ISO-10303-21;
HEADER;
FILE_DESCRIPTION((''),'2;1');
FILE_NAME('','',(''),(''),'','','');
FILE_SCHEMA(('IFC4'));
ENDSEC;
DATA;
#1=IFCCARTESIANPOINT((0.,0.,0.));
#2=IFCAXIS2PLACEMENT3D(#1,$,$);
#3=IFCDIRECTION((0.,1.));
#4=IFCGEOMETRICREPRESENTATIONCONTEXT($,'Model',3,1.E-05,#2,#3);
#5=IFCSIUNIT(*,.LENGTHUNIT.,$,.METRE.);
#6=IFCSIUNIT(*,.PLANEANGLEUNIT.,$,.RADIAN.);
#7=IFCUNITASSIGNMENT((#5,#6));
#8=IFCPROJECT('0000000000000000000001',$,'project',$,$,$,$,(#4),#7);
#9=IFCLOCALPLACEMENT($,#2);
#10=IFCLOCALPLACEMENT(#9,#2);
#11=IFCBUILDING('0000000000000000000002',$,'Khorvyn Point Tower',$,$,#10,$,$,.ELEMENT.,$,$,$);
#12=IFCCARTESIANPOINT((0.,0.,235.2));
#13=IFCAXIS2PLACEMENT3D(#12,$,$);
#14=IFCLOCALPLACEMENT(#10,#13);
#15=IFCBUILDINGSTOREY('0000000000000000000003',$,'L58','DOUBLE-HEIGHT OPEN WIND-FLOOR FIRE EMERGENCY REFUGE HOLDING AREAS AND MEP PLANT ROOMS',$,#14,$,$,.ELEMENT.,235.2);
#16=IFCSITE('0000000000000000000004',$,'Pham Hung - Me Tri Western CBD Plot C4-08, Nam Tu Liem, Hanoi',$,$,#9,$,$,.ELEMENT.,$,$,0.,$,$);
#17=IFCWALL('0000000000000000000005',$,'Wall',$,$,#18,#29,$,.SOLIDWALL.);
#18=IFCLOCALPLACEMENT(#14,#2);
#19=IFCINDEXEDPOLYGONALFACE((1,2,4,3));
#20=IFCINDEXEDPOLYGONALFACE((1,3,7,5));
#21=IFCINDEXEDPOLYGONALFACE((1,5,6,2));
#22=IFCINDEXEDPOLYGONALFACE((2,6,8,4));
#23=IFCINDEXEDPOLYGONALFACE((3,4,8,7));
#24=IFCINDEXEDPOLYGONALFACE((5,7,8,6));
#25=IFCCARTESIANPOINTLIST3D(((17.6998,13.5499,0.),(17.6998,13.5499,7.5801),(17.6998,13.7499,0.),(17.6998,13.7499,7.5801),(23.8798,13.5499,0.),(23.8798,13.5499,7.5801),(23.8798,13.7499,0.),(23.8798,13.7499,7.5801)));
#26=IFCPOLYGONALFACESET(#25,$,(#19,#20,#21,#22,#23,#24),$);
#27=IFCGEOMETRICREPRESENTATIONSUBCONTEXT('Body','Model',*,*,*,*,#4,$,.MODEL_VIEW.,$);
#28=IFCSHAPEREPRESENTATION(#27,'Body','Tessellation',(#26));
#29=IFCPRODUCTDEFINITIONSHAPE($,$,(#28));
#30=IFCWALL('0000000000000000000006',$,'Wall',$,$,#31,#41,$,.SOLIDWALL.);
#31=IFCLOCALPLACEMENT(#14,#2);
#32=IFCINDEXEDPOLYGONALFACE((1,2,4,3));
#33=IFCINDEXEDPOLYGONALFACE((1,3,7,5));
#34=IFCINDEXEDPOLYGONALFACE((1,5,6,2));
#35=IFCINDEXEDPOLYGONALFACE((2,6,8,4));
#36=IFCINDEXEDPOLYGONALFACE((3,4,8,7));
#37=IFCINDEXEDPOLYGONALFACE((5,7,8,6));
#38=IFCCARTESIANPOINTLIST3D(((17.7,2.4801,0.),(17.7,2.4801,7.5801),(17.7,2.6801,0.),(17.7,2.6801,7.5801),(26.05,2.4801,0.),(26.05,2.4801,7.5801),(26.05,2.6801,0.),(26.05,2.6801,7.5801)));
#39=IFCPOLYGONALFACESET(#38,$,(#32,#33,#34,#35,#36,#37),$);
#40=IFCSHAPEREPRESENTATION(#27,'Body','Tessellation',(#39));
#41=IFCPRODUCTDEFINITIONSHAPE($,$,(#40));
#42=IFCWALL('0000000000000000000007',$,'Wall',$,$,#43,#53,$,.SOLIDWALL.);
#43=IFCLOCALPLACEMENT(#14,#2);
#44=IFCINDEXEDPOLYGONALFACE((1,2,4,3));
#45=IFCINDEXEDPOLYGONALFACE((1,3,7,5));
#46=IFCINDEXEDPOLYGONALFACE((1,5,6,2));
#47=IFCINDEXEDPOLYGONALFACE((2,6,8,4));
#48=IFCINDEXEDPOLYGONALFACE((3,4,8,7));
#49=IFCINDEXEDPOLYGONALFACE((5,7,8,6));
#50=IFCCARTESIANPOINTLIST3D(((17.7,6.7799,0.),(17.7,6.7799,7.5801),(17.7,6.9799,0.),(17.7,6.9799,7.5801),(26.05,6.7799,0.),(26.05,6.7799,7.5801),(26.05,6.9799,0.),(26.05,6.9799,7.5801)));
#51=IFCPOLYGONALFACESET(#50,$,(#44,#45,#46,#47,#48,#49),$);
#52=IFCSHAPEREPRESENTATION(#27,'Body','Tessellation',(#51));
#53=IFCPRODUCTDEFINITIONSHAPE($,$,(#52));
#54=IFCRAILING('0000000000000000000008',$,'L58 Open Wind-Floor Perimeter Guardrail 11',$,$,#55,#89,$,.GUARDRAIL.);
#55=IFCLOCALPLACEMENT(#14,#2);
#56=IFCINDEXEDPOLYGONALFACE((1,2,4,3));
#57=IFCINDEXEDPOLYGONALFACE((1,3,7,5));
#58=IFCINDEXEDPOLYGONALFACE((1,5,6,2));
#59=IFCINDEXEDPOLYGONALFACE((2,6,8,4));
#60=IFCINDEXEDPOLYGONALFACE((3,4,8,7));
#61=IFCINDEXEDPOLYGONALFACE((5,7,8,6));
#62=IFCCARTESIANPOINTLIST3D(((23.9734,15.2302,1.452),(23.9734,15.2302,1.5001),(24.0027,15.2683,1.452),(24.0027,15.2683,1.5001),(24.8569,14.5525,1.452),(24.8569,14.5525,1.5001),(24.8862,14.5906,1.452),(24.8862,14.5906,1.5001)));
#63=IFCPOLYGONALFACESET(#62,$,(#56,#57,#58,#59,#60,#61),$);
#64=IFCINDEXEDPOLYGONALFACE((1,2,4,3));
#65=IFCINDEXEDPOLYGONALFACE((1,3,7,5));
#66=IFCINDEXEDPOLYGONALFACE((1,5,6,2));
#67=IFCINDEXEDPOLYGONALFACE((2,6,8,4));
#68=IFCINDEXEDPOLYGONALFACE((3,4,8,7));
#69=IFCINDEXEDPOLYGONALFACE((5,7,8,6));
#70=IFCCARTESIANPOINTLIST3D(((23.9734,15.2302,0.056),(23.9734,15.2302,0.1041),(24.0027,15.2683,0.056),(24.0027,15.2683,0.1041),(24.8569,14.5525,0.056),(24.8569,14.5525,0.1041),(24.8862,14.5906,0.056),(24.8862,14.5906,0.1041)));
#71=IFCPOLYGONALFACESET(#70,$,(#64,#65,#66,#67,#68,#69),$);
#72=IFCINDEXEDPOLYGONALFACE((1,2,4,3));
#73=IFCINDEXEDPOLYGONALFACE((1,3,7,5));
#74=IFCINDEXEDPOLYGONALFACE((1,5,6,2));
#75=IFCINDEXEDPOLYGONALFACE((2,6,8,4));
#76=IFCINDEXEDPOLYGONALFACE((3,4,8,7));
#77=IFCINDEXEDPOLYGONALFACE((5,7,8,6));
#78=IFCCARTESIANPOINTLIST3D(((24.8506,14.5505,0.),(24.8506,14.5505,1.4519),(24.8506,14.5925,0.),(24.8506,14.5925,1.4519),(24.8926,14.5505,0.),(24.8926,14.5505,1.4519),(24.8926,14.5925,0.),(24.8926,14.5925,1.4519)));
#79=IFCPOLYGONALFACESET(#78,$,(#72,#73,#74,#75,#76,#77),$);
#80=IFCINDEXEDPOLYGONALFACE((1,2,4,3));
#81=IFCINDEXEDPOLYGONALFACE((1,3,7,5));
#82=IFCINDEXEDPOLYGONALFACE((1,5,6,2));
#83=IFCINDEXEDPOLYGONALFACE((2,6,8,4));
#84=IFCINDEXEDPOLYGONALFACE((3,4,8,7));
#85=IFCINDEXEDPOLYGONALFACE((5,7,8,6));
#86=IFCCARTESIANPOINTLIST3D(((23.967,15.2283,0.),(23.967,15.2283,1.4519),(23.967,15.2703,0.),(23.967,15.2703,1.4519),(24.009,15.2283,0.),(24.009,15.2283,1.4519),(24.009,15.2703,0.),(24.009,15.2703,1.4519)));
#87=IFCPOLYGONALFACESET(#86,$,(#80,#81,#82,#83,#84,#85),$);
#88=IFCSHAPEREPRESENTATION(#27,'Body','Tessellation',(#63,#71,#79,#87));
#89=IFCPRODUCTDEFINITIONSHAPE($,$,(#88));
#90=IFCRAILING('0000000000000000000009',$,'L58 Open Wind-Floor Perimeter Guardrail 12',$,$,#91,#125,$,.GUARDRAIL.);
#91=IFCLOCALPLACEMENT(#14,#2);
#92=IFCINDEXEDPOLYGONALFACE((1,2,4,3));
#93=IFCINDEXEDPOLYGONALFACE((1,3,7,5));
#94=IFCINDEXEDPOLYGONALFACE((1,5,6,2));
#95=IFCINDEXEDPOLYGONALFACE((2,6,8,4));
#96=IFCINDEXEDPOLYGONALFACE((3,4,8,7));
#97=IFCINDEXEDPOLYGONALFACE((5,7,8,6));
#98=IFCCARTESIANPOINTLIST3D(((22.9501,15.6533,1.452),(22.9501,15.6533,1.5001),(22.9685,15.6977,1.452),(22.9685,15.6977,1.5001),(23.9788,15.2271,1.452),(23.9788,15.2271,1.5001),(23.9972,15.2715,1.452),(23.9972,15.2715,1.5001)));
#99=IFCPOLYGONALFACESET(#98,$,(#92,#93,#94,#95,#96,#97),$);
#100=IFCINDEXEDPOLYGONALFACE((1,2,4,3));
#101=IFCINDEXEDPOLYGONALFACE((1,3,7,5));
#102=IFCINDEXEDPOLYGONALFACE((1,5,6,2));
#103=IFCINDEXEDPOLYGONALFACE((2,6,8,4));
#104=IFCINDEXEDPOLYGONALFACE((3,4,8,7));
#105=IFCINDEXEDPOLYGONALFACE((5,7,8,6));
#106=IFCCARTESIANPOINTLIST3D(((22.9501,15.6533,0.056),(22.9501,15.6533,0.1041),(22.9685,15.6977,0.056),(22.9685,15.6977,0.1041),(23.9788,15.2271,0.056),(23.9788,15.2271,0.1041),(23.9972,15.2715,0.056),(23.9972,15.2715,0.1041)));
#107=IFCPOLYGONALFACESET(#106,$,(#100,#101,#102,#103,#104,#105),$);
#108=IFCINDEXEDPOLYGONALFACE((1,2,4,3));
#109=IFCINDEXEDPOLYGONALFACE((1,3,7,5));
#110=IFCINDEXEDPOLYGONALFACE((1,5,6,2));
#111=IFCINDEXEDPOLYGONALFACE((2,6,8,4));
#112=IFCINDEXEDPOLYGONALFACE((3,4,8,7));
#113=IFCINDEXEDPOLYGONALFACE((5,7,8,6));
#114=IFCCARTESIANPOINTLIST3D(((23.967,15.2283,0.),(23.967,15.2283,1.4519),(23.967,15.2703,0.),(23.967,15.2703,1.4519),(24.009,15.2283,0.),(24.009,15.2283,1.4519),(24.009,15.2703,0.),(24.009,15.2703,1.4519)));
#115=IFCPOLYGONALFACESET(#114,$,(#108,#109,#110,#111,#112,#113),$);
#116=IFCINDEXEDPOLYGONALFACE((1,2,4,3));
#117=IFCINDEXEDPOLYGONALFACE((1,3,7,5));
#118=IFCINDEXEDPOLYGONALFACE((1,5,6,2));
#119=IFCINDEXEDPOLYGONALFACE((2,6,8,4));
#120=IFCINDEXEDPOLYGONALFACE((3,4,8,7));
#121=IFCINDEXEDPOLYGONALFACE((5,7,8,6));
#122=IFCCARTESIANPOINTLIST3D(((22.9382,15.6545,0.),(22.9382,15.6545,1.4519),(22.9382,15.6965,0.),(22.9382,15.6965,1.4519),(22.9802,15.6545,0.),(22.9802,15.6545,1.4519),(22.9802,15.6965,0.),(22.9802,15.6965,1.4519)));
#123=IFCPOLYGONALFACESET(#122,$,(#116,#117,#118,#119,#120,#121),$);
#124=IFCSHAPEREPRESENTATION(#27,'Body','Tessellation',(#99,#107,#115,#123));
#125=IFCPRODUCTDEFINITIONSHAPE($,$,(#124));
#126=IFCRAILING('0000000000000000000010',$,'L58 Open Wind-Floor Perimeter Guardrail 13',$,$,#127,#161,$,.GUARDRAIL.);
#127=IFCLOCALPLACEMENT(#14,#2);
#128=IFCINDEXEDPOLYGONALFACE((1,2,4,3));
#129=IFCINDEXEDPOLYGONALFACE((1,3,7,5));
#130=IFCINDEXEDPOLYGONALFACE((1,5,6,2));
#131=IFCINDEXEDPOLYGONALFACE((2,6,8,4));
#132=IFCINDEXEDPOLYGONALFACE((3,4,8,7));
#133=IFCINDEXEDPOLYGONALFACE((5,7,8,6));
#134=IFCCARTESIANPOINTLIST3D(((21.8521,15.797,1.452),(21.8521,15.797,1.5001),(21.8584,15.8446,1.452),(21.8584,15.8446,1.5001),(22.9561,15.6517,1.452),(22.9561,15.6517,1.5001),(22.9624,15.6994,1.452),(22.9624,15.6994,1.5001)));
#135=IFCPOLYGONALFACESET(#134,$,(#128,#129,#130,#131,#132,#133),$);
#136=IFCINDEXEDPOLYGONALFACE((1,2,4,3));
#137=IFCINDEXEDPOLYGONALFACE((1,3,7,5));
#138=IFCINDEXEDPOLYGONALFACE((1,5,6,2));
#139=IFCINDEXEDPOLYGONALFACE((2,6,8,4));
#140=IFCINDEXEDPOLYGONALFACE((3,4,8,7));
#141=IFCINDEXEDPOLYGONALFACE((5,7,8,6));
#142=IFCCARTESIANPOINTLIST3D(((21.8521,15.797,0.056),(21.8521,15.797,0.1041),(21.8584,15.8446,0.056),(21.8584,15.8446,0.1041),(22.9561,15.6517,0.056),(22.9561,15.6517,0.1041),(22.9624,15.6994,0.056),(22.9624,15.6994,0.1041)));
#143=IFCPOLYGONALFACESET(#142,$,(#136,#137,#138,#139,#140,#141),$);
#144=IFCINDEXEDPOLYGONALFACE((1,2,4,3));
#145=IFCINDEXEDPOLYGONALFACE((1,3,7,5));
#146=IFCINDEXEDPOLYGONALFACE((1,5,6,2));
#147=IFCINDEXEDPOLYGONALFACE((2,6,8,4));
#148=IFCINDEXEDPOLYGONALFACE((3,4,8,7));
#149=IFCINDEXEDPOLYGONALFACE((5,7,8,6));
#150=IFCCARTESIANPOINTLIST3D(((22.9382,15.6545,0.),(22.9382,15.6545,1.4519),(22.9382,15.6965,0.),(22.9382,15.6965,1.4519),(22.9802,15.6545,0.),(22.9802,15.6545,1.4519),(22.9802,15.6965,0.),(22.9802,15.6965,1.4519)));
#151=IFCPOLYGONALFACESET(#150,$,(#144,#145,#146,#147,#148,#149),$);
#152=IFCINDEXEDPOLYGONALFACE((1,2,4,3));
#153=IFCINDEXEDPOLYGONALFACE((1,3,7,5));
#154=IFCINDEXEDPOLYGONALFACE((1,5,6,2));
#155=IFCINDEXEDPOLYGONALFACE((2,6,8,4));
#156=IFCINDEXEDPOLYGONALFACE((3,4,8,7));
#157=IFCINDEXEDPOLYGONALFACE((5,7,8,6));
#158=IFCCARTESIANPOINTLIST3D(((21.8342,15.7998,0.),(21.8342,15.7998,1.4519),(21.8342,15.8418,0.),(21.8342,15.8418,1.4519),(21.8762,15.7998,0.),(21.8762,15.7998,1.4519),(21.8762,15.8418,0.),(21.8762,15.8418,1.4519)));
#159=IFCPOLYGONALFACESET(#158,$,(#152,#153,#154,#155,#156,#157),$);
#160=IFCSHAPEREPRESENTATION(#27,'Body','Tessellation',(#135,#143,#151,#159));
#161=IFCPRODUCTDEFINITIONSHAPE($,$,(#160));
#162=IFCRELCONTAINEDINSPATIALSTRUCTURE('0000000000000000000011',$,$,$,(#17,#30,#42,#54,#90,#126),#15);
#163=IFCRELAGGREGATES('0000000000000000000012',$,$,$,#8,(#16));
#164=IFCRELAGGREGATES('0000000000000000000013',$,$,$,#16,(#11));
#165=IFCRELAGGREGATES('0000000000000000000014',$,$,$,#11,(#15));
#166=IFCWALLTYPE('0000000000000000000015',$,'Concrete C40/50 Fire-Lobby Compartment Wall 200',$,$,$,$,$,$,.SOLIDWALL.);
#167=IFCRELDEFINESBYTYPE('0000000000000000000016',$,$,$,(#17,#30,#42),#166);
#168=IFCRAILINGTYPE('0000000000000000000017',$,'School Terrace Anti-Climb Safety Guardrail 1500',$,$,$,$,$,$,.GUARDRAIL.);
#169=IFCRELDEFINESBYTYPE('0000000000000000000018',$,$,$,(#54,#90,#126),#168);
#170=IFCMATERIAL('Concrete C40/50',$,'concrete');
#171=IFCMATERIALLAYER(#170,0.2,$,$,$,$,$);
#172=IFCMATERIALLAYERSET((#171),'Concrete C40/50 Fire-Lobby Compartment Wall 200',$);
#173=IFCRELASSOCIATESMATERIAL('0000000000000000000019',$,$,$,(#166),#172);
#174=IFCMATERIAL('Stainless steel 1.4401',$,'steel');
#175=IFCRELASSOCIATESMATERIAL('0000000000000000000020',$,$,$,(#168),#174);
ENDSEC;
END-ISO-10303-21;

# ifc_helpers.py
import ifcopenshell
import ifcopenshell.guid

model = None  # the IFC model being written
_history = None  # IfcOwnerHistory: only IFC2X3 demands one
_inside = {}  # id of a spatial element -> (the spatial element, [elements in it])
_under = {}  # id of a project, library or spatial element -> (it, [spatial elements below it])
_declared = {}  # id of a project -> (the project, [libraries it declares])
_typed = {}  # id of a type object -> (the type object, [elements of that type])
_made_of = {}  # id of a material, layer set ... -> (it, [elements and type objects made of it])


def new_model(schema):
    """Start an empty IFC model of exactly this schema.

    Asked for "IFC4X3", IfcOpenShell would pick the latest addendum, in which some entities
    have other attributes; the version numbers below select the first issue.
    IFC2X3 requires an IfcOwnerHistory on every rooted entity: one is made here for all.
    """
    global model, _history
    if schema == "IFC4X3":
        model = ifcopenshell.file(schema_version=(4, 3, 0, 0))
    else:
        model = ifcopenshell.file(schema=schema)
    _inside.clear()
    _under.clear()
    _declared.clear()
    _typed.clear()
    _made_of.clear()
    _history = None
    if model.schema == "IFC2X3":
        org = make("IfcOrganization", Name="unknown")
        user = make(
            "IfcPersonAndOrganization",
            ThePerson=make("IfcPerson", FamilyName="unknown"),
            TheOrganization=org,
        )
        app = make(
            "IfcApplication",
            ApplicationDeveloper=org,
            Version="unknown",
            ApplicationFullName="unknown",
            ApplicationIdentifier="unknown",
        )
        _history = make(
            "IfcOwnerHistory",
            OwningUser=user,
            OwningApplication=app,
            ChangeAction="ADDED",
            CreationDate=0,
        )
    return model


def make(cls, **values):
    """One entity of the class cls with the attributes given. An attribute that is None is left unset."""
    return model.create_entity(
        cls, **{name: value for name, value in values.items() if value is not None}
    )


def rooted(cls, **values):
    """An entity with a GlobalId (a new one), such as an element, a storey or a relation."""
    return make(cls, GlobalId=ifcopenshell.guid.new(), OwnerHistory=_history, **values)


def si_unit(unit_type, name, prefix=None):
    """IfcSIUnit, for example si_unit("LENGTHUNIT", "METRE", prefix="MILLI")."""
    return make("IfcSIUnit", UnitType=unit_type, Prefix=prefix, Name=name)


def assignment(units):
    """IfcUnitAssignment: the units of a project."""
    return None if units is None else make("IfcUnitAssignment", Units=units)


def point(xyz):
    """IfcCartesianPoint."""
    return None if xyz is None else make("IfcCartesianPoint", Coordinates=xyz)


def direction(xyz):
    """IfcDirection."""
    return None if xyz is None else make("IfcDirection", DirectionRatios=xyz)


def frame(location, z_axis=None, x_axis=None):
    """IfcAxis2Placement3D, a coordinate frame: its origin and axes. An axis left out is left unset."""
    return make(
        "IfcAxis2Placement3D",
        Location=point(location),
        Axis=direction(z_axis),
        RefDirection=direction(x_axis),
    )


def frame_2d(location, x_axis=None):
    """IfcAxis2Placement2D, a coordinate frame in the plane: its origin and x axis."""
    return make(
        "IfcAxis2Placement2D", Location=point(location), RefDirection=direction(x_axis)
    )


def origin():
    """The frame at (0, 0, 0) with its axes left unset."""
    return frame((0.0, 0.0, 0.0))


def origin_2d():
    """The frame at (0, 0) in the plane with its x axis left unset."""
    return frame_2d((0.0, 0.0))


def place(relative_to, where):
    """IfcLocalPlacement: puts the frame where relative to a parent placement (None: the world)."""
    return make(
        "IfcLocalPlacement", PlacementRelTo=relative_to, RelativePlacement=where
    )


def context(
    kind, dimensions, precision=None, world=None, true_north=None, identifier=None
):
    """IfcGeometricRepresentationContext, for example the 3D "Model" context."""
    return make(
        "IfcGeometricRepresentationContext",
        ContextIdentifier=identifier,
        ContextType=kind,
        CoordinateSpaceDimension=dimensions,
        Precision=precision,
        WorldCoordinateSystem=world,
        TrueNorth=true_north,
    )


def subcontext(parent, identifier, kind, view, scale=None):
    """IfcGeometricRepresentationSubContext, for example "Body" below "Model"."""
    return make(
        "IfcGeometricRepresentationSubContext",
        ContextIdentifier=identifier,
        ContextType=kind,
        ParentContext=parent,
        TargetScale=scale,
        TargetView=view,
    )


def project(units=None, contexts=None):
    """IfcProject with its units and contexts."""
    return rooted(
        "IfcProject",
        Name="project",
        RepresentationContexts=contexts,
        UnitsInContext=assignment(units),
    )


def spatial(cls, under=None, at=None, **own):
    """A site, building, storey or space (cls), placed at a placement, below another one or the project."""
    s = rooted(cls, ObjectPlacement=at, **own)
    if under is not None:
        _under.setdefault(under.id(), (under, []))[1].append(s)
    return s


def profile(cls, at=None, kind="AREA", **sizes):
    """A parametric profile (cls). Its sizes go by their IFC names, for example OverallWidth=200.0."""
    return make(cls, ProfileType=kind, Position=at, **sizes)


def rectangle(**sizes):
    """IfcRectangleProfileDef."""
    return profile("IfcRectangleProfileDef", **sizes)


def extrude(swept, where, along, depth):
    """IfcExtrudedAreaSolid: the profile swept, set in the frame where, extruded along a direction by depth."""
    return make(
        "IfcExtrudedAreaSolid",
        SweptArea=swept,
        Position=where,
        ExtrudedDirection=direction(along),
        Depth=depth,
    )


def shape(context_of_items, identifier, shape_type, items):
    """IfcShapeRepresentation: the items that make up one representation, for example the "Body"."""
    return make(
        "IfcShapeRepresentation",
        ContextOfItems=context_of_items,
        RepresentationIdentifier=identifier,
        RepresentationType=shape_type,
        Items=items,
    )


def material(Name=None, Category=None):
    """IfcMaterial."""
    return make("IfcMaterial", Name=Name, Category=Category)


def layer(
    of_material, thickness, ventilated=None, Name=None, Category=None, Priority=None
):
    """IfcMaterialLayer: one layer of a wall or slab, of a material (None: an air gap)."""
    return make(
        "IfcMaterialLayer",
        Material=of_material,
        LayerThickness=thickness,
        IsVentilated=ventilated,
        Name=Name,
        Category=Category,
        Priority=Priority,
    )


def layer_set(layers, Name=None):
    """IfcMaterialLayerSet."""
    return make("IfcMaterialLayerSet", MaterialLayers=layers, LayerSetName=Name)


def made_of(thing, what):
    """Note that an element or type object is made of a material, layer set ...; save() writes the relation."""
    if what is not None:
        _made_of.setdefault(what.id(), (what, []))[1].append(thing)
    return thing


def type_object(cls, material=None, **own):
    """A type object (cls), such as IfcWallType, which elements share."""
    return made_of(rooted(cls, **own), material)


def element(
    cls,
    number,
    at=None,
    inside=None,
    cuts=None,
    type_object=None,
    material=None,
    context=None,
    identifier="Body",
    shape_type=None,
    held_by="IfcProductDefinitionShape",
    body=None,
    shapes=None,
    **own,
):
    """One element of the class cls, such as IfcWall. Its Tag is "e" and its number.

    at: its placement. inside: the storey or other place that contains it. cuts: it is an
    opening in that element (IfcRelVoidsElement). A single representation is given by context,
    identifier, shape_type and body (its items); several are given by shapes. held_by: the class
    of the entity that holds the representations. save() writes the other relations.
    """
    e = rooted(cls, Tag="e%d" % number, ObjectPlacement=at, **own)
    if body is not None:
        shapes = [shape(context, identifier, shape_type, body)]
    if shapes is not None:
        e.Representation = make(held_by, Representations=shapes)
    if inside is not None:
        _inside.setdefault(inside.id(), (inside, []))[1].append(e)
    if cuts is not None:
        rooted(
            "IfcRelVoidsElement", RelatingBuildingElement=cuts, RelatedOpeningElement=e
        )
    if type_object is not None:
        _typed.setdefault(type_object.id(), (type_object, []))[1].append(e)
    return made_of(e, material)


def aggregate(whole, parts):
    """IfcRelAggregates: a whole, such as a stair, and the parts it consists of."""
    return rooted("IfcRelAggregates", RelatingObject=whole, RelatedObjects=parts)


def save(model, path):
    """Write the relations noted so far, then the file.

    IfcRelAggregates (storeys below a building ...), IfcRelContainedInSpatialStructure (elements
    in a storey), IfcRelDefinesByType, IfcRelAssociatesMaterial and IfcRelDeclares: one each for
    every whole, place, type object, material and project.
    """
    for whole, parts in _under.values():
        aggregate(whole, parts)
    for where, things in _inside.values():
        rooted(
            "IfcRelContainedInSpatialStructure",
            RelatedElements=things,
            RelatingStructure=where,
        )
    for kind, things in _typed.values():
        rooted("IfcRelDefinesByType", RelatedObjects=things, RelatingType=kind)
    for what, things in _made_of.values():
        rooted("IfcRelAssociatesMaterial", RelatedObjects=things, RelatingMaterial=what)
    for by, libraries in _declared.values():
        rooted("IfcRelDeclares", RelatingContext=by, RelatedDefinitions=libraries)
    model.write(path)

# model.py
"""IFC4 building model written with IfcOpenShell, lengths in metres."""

from ifc_helpers import new_model, si_unit, direction, frame, frame_2d, origin, origin_2d, place, context, subcontext, project, spatial, rectangle, extrude, material, layer, layer_set, type_object, element, save


model = new_model("IFC4")

# Units and contexts
model_context = context("Model", 3, precision=1e-05, world=origin(), true_north=direction((0.0, 1.0)))
body_context = subcontext(model_context, "Body", "Model", "MODEL_VIEW")
ifc_project = project(units=[si_unit("LENGTHUNIT", "METRE"), si_unit("PLANEANGLEUNIT", "RADIAN")], contexts=[model_context])

# Site, building, storey
site_placement = place(None, origin())
site = spatial("IfcSite", under=ifc_project, at=site_placement, Name="Pham Hung - Me Tri Western CBD Plot C4-08, Nam Tu Liem, Hanoi", CompositionType="ELEMENT", RefElevation=0.0)
building_placement = place(site_placement, origin())
building = spatial("IfcBuilding", under=site, at=building_placement, Name="Khorvyn Point Tower", CompositionType="ELEMENT")
storey_placement = place(building_placement, frame((0.0, 0.0, 235.2)))
storey = spatial("IfcBuildingStorey", under=building, at=storey_placement, Name="L58", Description="DOUBLE-HEIGHT OPEN WIND-FLOOR FIRE EMERGENCY REFUGE HOLDING AREAS AND MEP PLANT ROOMS", CompositionType="ELEMENT", Elevation=235.2)

# Shared definitions
ifc_material_1 = material(Name="Concrete C40/50", Category="concrete")
ifc_layer = layer(ifc_material_1, 0.2)
ifc_layer_set = layer_set([ifc_layer], Name="Concrete C40/50 Fire-Lobby Compartment Wall 200")
wall_type = type_object("IfcWallType", Name="Concrete C40/50 Fire-Lobby Compartment Wall 200", PredefinedType="SOLIDWALL", material=ifc_layer_set)

# Walls
wall_1_placement = place(storey_placement, frame((17.7, 13.6499, 0.0), z_axis=(0.0, 0.0, 1.0), x_axis=(1.0, 0.0, 0.0)))
element("IfcWall", 1, at=wall_1_placement, inside=storey, type_object=wall_type, Name="Wall", PredefinedType="SOLIDWALL", context=body_context, shape_type="SweptSolid", body=[
    extrude(rectangle(XDim=6.1799, YDim=0.2, at=frame_2d((3.0898, 0.0))), origin(), (0.0, 0.0, 1.0), 7.5801),
])
for number, where, z_axis, x_axis, name in (
    (2, (17.7, 2.5801, 0.0), (0.0, 0.0, 1.0), (1.0, 0.0, 0.0), "Wall"),
    (3, (17.7, 6.8799, 0.0), (0.0, 0.0, 1.0), (1.0, 0.0, 0.0), "Wall"),
):
    element("IfcWall", number, at=place(storey_placement, frame(where, z_axis=z_axis, x_axis=x_axis)), inside=storey, type_object=wall_type, Name=name, PredefinedType="SOLIDWALL", context=body_context, shape_type="SweptSolid", body=[
        extrude(rectangle(XDim=8.3501, YDim=0.2, at=frame_2d((4.175, 0.0))), origin(), (0.0, 0.0, 1.0), 7.5801),
    ])

# Railings
ifc_material_2 = material(Name="Stainless steel 1.4401", Category="steel")
railing_type = type_object("IfcRailingType", Name="School Terrace Anti-Climb Safety Guardrail 1500", PredefinedType="GUARDRAIL", material=ifc_material_2)
railing_1_placement = place(storey_placement, frame((24.8716, 14.5715, 0.0)))
element("IfcRailing", 4, at=railing_1_placement, inside=storey, type_object=railing_type, Name="L58 Open Wind-Floor Perimeter Guardrail 11", PredefinedType="GUARDRAIL", context=body_context, shape_type="SweptSolid", body=[
    extrude(rectangle(XDim=0.0481, YDim=0.0481, at=origin_2d()), frame((0.0, 0.0, 1.4761), z_axis=(-0.793455, 0.608629, 0.0), x_axis=(-0.608629, -0.793455, 0.0)), (0.0, 0.0, 1.0), 1.1135),
    extrude(rectangle(XDim=0.0481, YDim=0.0481, at=origin_2d()), frame((0.0, 0.0, 0.0801), z_axis=(-0.793455, 0.608629, 0.0), x_axis=(-0.608629, -0.793455, 0.0)), (0.0, 0.0, 1.0), 1.1135),
    extrude(rectangle(XDim=0.042, YDim=0.042, at=origin_2d()), origin(), (0.0, 0.0, 1.0), 1.4519),
    extrude(rectangle(XDim=0.042, YDim=0.042, at=origin_2d()), frame((-0.8835, 0.6777, 0.0)), (0.0, 0.0, 1.0), 1.4519),
])
railing_2_placement = place(storey_placement, frame((23.988, 15.2493, 0.0)))
element("IfcRailing", 5, at=railing_2_placement, inside=storey, type_object=railing_type, Name="L58 Open Wind-Floor Perimeter Guardrail 12", PredefinedType="GUARDRAIL", context=body_context, shape_type="SweptSolid", body=[
    extrude(rectangle(XDim=0.0481, YDim=0.0481, at=origin_2d()), frame((0.0, 0.0, 1.4761), z_axis=(-0.92384, 0.382778, 0.0), x_axis=(-0.382778, -0.92384, 0.0)), (0.0, 0.0, 1.0), 1.1135),
    extrude(rectangle(XDim=0.0481, YDim=0.0481, at=origin_2d()), frame((0.0, 0.0, 0.0801), z_axis=(-0.92384, 0.382778, 0.0), x_axis=(-0.382778, -0.92384, 0.0)), (0.0, 0.0, 1.0), 1.1135),
    extrude(rectangle(XDim=0.042, YDim=0.042, at=origin_2d()), origin(), (0.0, 0.0, 1.0), 1.4519),
    extrude(rectangle(XDim=0.042, YDim=0.042, at=origin_2d()), frame((-1.0288, 0.4263, 0.0)), (0.0, 0.0, 1.0), 1.4519),
])
railing_3_placement = place(storey_placement, frame((22.9592, 15.6755, 0.0)))
element("IfcRailing", 6, at=railing_3_placement, inside=storey, type_object=railing_type, Name="L58 Open Wind-Floor Perimeter Guardrail 13", PredefinedType="GUARDRAIL", context=body_context, shape_type="SweptSolid", body=[
    extrude(rectangle(XDim=0.0481, YDim=0.0481, at=origin_2d()), frame((0.0, 0.0, 1.4761), z_axis=(-0.991454, 0.130455, 0.0), x_axis=(-0.130455, -0.991454, 0.0)), (0.0, 0.0, 1.0), 1.1135),
    extrude(rectangle(XDim=0.0481, YDim=0.0481, at=origin_2d()), frame((0.0, 0.0, 0.0801), z_axis=(-0.991454, 0.130455, 0.0), x_axis=(-0.130455, -0.991454, 0.0)), (0.0, 0.0, 1.0), 1.1135),
    extrude(rectangle(XDim=0.042, YDim=0.042, at=origin_2d()), origin(), (0.0, 0.0, 1.0), 1.4519),
    extrude(rectangle(XDim=0.042, YDim=0.042, at=origin_2d()), frame((-1.104, 0.1453, 0.0)), (0.0, 0.0, 1.0), 1.4519),
])

save(model, "model.ifc")
